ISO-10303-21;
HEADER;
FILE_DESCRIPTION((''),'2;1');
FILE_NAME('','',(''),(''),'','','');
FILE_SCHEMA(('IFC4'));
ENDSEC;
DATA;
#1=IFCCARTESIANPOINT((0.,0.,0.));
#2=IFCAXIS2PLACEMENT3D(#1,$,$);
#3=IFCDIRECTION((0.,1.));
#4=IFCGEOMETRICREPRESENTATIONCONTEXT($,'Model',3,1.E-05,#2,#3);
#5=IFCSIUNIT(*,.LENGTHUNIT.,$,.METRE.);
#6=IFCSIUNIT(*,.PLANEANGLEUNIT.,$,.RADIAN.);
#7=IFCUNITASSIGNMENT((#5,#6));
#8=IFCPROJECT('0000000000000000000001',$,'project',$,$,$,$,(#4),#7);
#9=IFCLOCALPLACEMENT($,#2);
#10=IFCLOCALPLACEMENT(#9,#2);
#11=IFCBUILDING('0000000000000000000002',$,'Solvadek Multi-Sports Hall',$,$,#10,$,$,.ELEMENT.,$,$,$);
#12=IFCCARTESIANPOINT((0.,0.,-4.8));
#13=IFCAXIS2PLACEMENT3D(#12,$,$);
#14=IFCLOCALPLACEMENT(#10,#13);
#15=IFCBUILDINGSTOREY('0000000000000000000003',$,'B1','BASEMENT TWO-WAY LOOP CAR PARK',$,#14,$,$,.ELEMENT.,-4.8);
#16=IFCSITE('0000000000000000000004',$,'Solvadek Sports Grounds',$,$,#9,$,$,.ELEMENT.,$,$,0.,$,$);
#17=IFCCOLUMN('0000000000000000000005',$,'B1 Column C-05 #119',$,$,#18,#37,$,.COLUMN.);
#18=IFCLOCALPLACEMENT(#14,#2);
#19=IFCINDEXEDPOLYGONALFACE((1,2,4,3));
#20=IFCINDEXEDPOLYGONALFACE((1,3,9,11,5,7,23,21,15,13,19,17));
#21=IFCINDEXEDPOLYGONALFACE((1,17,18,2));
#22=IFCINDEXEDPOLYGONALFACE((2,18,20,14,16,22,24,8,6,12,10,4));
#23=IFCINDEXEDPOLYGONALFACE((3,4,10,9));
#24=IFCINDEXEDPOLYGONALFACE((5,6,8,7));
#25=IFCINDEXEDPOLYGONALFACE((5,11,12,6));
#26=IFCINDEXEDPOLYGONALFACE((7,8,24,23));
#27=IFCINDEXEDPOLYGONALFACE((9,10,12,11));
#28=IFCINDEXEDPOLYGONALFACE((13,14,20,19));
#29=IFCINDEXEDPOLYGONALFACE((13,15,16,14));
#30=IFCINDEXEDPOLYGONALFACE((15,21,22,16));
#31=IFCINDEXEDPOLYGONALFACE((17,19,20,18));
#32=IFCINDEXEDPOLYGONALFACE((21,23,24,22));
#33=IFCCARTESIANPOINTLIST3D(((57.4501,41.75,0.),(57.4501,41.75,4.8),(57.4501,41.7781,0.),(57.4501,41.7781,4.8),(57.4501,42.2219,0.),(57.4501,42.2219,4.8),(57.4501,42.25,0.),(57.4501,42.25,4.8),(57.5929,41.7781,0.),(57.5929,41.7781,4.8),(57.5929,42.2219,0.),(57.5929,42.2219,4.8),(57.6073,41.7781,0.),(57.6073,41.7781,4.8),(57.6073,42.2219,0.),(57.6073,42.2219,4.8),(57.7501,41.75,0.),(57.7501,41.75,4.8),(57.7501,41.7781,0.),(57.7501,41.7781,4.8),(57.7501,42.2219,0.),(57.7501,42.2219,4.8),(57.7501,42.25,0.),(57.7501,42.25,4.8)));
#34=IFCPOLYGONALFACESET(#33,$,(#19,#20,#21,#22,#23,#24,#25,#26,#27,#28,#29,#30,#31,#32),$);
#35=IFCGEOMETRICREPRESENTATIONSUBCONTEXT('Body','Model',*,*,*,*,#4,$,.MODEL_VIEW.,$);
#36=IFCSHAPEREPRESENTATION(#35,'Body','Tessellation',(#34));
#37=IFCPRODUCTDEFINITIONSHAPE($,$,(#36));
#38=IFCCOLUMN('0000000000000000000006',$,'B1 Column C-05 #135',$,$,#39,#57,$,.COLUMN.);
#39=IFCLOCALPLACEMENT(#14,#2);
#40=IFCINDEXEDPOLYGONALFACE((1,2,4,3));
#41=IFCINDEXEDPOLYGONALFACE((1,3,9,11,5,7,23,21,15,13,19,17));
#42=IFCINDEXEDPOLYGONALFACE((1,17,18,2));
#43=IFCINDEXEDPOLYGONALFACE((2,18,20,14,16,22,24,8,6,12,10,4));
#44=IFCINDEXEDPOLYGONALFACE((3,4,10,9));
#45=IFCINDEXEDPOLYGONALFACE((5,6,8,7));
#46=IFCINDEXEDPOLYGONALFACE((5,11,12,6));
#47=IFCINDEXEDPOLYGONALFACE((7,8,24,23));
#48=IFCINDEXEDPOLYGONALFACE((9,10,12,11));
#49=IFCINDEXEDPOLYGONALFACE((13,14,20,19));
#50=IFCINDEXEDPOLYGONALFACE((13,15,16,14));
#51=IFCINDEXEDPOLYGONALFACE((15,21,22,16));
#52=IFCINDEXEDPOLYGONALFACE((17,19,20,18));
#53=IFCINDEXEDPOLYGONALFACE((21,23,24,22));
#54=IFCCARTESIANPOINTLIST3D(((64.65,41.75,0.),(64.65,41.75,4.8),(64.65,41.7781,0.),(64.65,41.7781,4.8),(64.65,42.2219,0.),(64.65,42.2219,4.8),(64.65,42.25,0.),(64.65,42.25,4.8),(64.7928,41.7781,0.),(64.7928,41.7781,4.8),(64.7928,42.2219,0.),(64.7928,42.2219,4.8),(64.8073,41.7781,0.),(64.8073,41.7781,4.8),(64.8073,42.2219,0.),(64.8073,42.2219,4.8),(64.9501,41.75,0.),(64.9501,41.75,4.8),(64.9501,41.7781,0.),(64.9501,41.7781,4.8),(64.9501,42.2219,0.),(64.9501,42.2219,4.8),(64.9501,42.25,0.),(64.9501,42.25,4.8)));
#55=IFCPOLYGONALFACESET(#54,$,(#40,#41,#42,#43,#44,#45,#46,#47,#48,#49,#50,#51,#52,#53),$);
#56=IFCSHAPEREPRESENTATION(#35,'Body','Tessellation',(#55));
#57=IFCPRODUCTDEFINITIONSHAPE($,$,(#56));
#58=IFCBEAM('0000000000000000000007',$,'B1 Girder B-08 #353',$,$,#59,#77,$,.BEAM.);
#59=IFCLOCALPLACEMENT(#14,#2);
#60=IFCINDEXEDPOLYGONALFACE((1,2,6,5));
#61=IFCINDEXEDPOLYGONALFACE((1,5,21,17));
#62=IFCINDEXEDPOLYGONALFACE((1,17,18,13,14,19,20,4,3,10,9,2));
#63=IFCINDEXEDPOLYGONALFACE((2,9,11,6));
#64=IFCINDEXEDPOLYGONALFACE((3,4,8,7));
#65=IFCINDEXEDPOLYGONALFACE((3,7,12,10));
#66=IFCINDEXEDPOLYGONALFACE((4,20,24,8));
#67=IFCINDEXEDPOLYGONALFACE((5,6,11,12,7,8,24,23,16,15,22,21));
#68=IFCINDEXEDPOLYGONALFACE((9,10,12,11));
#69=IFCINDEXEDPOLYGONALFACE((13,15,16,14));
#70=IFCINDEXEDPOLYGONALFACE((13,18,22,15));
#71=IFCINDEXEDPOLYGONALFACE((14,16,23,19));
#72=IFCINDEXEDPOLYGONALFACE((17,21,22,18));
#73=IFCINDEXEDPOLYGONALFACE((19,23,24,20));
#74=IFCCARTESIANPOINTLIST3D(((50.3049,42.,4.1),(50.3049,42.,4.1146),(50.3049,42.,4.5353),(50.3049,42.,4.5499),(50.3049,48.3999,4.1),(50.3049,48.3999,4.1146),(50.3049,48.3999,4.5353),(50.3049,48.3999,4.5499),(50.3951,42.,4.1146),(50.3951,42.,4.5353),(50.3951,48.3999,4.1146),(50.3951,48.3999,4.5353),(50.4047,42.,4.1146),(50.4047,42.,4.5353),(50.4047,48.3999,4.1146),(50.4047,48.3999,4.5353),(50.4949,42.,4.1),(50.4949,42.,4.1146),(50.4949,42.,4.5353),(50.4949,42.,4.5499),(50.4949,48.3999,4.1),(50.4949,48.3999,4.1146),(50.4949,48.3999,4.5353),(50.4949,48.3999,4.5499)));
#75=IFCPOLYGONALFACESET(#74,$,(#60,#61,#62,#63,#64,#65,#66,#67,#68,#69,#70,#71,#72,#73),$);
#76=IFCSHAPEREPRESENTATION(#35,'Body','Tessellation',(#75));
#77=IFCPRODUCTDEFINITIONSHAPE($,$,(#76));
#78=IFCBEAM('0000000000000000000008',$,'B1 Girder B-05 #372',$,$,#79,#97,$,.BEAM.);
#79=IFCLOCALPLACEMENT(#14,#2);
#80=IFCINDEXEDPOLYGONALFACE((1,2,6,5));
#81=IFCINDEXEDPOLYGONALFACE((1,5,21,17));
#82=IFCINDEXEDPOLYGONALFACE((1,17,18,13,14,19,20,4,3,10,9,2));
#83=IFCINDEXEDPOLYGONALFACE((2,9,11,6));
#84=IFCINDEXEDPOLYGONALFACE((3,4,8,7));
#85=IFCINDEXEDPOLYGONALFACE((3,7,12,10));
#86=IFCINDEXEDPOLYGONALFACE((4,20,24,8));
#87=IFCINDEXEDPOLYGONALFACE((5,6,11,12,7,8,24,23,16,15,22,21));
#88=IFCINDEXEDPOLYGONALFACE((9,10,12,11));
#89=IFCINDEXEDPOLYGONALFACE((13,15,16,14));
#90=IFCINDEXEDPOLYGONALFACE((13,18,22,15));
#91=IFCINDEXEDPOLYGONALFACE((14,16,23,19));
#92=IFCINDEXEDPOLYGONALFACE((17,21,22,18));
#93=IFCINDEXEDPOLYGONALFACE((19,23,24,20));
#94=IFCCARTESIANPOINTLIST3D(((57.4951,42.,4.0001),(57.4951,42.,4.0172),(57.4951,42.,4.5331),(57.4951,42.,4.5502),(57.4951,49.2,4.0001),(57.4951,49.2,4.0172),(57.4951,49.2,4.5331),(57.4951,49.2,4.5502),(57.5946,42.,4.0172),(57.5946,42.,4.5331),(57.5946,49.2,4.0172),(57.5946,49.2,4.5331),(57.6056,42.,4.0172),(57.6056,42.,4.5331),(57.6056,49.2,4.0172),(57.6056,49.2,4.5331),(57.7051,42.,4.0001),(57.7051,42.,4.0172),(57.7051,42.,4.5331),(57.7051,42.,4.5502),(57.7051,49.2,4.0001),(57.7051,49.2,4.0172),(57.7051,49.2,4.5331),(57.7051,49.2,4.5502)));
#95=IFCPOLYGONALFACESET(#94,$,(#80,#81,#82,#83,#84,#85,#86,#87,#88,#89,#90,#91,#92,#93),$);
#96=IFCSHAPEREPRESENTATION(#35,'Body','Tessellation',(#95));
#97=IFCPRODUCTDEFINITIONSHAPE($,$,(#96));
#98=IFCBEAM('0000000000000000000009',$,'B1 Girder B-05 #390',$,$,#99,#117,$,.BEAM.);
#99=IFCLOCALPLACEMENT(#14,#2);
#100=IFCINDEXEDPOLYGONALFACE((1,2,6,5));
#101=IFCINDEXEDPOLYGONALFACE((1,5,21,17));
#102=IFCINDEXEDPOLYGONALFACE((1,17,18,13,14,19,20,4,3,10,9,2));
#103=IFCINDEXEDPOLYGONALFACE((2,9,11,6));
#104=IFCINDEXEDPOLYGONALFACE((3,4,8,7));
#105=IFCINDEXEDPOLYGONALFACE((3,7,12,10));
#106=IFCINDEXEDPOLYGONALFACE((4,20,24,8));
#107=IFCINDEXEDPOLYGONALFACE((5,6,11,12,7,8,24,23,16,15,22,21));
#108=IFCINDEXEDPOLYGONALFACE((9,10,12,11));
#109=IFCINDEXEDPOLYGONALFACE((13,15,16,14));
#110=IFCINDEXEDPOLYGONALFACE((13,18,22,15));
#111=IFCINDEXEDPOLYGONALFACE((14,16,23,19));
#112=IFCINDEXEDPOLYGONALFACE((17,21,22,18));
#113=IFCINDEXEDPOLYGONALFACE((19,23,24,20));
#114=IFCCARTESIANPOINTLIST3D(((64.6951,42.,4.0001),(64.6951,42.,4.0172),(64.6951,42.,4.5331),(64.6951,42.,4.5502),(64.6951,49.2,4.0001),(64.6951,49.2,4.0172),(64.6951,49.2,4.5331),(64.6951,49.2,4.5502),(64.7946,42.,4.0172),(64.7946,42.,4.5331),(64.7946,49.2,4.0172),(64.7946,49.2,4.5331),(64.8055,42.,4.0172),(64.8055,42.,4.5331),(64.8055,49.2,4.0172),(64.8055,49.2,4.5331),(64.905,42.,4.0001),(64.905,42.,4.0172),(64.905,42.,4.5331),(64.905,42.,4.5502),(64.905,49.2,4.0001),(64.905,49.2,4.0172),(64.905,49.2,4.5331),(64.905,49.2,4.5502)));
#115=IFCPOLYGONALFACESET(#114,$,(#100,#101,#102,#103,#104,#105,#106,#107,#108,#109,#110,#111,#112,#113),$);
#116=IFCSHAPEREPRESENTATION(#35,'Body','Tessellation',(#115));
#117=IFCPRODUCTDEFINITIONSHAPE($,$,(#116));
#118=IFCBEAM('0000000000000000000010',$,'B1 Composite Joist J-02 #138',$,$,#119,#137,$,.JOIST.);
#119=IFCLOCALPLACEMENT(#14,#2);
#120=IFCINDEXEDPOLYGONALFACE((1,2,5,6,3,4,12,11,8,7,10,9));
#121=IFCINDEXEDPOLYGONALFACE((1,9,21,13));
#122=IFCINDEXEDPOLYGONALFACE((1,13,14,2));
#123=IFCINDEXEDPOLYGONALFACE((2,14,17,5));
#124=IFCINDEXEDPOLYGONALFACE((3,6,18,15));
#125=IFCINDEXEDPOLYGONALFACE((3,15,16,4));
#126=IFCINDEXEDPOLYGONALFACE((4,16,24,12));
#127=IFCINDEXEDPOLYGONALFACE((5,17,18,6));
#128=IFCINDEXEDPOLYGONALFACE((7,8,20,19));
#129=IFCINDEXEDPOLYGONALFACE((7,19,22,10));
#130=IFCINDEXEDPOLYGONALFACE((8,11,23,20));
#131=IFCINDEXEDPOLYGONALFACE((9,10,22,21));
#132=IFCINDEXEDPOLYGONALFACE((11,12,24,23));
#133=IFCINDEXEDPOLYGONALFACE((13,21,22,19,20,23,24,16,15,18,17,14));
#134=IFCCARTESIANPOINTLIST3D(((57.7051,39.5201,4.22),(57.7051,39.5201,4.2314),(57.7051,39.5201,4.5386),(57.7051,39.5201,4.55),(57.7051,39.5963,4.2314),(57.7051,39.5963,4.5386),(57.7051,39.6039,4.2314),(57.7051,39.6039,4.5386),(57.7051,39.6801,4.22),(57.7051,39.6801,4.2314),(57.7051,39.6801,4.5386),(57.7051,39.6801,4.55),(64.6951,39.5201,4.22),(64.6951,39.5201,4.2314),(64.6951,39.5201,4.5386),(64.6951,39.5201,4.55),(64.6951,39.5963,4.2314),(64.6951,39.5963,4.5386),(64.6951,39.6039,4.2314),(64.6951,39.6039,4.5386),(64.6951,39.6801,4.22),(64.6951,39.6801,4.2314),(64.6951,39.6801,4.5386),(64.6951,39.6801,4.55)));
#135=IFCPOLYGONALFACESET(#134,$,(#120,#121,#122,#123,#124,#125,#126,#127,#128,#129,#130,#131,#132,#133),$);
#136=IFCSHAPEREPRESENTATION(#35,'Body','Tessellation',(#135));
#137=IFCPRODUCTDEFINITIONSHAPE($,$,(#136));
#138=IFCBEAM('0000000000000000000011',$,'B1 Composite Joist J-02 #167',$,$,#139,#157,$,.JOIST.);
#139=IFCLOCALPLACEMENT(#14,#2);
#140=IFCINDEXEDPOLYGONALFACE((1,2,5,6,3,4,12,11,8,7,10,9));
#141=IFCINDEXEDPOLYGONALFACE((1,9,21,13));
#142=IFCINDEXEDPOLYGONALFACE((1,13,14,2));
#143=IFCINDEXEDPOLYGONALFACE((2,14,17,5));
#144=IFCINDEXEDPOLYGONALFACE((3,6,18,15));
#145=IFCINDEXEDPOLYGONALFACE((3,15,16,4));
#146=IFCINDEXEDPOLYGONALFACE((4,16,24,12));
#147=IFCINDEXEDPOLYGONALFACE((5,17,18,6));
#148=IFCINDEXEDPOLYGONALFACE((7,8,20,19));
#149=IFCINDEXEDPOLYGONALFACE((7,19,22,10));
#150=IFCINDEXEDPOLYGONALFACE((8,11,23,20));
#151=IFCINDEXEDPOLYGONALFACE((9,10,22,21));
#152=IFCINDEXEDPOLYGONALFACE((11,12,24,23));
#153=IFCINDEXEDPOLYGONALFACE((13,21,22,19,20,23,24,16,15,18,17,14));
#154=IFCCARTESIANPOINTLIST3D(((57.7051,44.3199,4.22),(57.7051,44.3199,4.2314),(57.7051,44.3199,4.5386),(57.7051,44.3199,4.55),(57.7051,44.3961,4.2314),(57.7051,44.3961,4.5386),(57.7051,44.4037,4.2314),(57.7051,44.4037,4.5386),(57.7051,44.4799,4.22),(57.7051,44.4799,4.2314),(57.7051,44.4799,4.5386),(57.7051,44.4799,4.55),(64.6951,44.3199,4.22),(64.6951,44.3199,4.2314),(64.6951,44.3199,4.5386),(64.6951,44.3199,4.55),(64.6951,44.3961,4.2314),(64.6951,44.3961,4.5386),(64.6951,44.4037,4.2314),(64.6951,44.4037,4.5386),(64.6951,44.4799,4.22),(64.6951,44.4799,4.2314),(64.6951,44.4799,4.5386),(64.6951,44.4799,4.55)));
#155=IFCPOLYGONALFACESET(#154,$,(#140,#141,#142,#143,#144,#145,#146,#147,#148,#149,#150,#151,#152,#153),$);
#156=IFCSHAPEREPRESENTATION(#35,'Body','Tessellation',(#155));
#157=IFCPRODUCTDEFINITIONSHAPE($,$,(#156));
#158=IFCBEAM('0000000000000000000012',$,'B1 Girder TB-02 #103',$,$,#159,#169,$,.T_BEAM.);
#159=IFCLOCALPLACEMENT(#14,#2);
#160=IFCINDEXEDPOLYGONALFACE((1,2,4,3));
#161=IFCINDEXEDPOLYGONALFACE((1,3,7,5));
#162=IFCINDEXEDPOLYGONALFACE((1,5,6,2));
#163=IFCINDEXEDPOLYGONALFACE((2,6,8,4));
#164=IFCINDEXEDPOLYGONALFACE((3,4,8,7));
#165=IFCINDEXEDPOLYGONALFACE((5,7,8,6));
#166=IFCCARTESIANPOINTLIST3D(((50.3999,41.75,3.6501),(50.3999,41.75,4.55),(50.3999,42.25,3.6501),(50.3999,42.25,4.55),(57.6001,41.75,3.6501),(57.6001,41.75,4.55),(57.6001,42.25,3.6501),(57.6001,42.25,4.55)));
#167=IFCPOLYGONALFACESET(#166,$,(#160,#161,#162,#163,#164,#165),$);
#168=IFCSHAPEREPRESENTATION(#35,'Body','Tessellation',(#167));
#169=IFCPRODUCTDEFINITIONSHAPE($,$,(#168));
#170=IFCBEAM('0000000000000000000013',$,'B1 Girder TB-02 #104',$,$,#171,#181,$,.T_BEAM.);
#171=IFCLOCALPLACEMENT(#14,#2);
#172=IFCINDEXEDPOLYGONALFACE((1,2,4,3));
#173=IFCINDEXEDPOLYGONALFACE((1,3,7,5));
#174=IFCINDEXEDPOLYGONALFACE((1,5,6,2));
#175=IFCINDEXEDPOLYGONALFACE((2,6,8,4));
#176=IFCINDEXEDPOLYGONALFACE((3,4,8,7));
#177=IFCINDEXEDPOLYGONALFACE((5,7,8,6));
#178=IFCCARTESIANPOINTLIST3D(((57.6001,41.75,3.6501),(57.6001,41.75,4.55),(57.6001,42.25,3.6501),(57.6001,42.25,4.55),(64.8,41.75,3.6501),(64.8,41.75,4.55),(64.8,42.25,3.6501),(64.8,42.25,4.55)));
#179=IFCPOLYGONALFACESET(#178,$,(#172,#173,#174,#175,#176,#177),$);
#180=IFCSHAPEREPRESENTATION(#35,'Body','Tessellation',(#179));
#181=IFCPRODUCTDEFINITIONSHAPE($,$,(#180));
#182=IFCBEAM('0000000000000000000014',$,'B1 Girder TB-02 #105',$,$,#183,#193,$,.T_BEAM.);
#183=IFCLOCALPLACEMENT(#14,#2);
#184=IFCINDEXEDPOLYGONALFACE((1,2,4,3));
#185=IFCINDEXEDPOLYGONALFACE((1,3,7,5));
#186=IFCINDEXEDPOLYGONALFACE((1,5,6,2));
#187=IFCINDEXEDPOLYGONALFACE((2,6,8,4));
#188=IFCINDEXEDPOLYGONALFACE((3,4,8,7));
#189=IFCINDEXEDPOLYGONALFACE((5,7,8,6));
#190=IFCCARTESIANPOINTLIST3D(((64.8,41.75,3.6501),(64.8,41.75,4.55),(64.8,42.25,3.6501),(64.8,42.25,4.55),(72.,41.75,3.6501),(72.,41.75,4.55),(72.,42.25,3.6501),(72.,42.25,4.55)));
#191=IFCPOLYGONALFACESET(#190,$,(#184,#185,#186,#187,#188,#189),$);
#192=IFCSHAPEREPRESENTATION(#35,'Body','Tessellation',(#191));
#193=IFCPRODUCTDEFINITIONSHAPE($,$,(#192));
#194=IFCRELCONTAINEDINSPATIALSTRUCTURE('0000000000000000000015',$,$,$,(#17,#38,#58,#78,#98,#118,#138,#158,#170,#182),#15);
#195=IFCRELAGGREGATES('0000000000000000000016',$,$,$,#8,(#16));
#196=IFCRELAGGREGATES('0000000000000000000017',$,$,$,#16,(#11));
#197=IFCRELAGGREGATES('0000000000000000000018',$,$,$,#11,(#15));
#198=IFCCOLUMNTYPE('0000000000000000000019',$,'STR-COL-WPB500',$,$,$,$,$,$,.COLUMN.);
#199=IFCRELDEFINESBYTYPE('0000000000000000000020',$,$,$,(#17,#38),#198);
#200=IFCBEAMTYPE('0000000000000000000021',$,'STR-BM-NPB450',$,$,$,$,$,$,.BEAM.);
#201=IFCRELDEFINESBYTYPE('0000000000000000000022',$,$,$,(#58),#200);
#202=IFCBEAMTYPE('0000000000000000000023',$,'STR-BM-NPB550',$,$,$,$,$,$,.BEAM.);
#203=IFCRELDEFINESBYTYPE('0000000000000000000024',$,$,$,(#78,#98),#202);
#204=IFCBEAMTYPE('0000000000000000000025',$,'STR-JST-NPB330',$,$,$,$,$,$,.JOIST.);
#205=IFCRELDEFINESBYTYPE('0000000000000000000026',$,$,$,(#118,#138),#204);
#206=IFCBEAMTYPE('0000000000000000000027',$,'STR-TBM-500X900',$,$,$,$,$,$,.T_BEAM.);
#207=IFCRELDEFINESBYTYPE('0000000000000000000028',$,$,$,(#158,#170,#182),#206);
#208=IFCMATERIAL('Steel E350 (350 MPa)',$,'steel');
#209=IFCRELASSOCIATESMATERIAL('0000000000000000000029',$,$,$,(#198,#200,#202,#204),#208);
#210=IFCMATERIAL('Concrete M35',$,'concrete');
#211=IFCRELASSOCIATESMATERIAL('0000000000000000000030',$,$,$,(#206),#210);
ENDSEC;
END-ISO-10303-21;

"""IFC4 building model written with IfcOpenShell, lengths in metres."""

from ifc_helpers import new_model, si_unit, direction, frame, origin, origin_2d, place, context, subcontext, project, spatial, rectangle, i_section, extrude, material, material_profile, profile_set, type_object, element, save


model = new_model("IFC4")

# Units and contexts
model_context = context("Model", 3, precision=1e-05, world=origin(), true_north=direction((0.0, 1.0)))
body_context = subcontext(model_context, "Body", "Model", "MODEL_VIEW")
ifc_project = project(units=[si_unit("LENGTHUNIT", "METRE"), si_unit("PLANEANGLEUNIT", "RADIAN")], contexts=[model_context])

# Site, building, storey
site_placement = place(None, origin())
site = spatial("IfcSite", under=ifc_project, at=site_placement, Name="Solvadek Sports Grounds", CompositionType="ELEMENT", RefElevation=0.0)
building_placement = place(site_placement, origin())
building = spatial("IfcBuilding", under=site, at=building_placement, Name="Solvadek Multi-Sports Hall", CompositionType="ELEMENT")
storey_placement = place(building_placement, frame((0.0, 0.0, -4.8)))
storey = spatial("IfcBuildingStorey", under=building, at=storey_placement, Name="B1", Description="BASEMENT TWO-WAY LOOP CAR PARK", CompositionType="ELEMENT", Elevation=-4.8)

# Shared definitions
ifc_material_1 = material(Name="Concrete M35", Category="concrete")

# Columns
ifc_material_2 = material(Name="Steel E350 (350 MPa)", Category="steel")
ifc_material_profile_1 = material_profile(ifc_material_2, i_section(OverallWidth=0.3, OverallDepth=0.5, WebThickness=0.0144, FlangeThickness=0.0281, at=origin_2d()), Name="WPB 500")
ifc_profile_set_1 = profile_set([ifc_material_profile_1], Name="Steel E350 (350 MPa)")
column_type_1 = type_object("IfcColumnType", Name="STR-COL-WPB500", PredefinedType="COLUMN", material=ifc_profile_set_1)
for number, where, z_axis, x_axis, name in (
    (1, (57.6001, 42.0, 0.0), (0.0, 0.0, 1.0), (1.0, 0.0, 0.0), "B1 Column C-05 #119"),
    (2, (64.8, 42.0, 0.0), (0.0, 0.0, 1.0), (1.0, 0.0, 0.0), "B1 Column C-05 #135"),
):
    element("IfcColumn", number, at=place(storey_placement, frame(where, z_axis=z_axis, x_axis=x_axis)), inside=storey, type_object=column_type_1, Name=name, PredefinedType="COLUMN", context=body_context, shape_type="SweptSolid", body=[
        extrude(i_section(OverallWidth=0.3, OverallDepth=0.5, WebThickness=0.0144, FlangeThickness=0.0281, at=origin_2d()), origin(), (0.0, 0.0, 1.0), 4.8),
    ])

# Beams
ifc_material_profile_2 = material_profile(ifc_material_2, i_section(OverallWidth=0.1899, OverallDepth=0.45, WebThickness=0.0095, FlangeThickness=0.0146, at=origin_2d()), Name="NPB 450")
ifc_profile_set_2 = profile_set([ifc_material_profile_2], Name="Steel E350 (350 MPa)")
beam_type_1 = type_object("IfcBeamType", Name="STR-BM-NPB450", PredefinedType="BEAM", material=ifc_profile_set_2)
beam_1_placement = place(storey_placement, frame((50.3999, 42.0, 4.325), z_axis=(0.0, 1.0, 0.0), x_axis=(-1.0, 0.0, 0.0)))
element("IfcBeam", 3, at=beam_1_placement, inside=storey, type_object=beam_type_1, Name="B1 Girder B-08 #353", PredefinedType="BEAM", context=body_context, shape_type="SweptSolid", body=[
    extrude(i_section(OverallWidth=0.1899, OverallDepth=0.45, WebThickness=0.0095, FlangeThickness=0.0146, at=origin_2d()), origin(), (0.0, 0.0, 1.0), 6.3999),
])
ifc_material_profile_3 = material_profile(ifc_material_2, i_section(OverallWidth=0.21, OverallDepth=0.55, WebThickness=0.011, FlangeThickness=0.0171, at=origin_2d()), Name="NPB 550")
ifc_profile_set_3 = profile_set([ifc_material_profile_3], Name="Steel E350 (350 MPa)")
beam_type_2 = type_object("IfcBeamType", Name="STR-BM-NPB550", PredefinedType="BEAM", material=ifc_profile_set_3)
for number, where, z_axis, x_axis, name in (
    (4, (57.6001, 42.0, 4.2751), (0.0, 1.0, 0.0), (-1.0, 0.0, 0.0), "B1 Girder B-05 #372"),
    (5, (64.8, 42.0, 4.2751), (0.0, 1.0, 0.0), (-1.0, 0.0, 0.0), "B1 Girder B-05 #390"),
):
    element("IfcBeam", number, at=place(storey_placement, frame(where, z_axis=z_axis, x_axis=x_axis)), inside=storey, type_object=beam_type_2, Name=name, PredefinedType="BEAM", context=body_context, shape_type="SweptSolid", body=[
        extrude(i_section(OverallWidth=0.21, OverallDepth=0.55, WebThickness=0.011, FlangeThickness=0.0171, at=origin_2d()), origin(), (0.0, 0.0, 1.0), 7.2),
    ])
ifc_material_profile_4 = material_profile(ifc_material_2, i_section(OverallWidth=0.1599, OverallDepth=0.3301, WebThickness=0.0076, FlangeThickness=0.0115, at=origin_2d()), Name="NPB 330")
ifc_profile_set_4 = profile_set([ifc_material_profile_4], Name="Steel E350 (350 MPa)")
beam_type_3 = type_object("IfcBeamType", Name="STR-JST-NPB330", PredefinedType="JOIST", material=ifc_profile_set_4)
for number, where, z_axis, x_axis, name in (
    (6, (57.7051, 39.6001, 4.385), (1.0, 0.0, 0.0), (0.0, 1.0, 0.0), "B1 Composite Joist J-02 #138"),
    (7, (57.7051, 44.3999, 4.385), (1.0, 0.0, 0.0), (0.0, 1.0, 0.0), "B1 Composite Joist J-02 #167"),
):
    element("IfcBeam", number, at=place(storey_placement, frame(where, z_axis=z_axis, x_axis=x_axis)), inside=storey, type_object=beam_type_3, Name=name, PredefinedType="JOIST", context=body_context, shape_type="SweptSolid", body=[
        extrude(i_section(OverallWidth=0.1599, OverallDepth=0.3301, WebThickness=0.0076, FlangeThickness=0.0115, at=origin_2d()), origin(), (0.0, 0.0, 1.0), 6.99),
    ])
ifc_material_profile_5 = material_profile(ifc_material_1, rectangle(XDim=0.5, YDim=0.8999, at=origin_2d()), Name="RC T-BEAM 500x900")
ifc_profile_set_5 = profile_set([ifc_material_profile_5], Name="Concrete M35")
beam_type_4 = type_object("IfcBeamType", Name="STR-TBM-500X900", PredefinedType="T_BEAM", material=ifc_profile_set_5)
beam_2_placement = place(storey_placement, frame((50.3999, 42.0, 4.1001), z_axis=(1.0, 0.0, 0.0), x_axis=(0.0, 1.0, 0.0)))
element("IfcBeam", 8, at=beam_2_placement, inside=storey, type_object=beam_type_4, Name="B1 Girder TB-02 #103", PredefinedType="T_BEAM", context=body_context, shape_type="SweptSolid", body=[
    extrude(rectangle(XDim=0.5, YDim=0.8999, at=origin_2d()), origin(), (0.0, 0.0, 1.0), 7.2002),
])
for number, where, z_axis, x_axis, name in (
    (9, (57.6001, 42.0, 4.1001), (1.0, 0.0, 0.0), (0.0, 1.0, 0.0), "B1 Girder TB-02 #104"),
    (10, (64.8, 42.0, 4.1001), (1.0, 0.0, 0.0), (0.0, 1.0, 0.0), "B1 Girder TB-02 #105"),
):
    element("IfcBeam", number, at=place(storey_placement, frame(where, z_axis=z_axis, x_axis=x_axis)), inside=storey, type_object=beam_type_4, Name=name, PredefinedType="T_BEAM", context=body_context, shape_type="SweptSolid", body=[
        extrude(rectangle(XDim=0.5, YDim=0.8999, at=origin_2d()), origin(), (0.0, 0.0, 1.0), 7.2),
    ])

save(model, "model.ifc")
